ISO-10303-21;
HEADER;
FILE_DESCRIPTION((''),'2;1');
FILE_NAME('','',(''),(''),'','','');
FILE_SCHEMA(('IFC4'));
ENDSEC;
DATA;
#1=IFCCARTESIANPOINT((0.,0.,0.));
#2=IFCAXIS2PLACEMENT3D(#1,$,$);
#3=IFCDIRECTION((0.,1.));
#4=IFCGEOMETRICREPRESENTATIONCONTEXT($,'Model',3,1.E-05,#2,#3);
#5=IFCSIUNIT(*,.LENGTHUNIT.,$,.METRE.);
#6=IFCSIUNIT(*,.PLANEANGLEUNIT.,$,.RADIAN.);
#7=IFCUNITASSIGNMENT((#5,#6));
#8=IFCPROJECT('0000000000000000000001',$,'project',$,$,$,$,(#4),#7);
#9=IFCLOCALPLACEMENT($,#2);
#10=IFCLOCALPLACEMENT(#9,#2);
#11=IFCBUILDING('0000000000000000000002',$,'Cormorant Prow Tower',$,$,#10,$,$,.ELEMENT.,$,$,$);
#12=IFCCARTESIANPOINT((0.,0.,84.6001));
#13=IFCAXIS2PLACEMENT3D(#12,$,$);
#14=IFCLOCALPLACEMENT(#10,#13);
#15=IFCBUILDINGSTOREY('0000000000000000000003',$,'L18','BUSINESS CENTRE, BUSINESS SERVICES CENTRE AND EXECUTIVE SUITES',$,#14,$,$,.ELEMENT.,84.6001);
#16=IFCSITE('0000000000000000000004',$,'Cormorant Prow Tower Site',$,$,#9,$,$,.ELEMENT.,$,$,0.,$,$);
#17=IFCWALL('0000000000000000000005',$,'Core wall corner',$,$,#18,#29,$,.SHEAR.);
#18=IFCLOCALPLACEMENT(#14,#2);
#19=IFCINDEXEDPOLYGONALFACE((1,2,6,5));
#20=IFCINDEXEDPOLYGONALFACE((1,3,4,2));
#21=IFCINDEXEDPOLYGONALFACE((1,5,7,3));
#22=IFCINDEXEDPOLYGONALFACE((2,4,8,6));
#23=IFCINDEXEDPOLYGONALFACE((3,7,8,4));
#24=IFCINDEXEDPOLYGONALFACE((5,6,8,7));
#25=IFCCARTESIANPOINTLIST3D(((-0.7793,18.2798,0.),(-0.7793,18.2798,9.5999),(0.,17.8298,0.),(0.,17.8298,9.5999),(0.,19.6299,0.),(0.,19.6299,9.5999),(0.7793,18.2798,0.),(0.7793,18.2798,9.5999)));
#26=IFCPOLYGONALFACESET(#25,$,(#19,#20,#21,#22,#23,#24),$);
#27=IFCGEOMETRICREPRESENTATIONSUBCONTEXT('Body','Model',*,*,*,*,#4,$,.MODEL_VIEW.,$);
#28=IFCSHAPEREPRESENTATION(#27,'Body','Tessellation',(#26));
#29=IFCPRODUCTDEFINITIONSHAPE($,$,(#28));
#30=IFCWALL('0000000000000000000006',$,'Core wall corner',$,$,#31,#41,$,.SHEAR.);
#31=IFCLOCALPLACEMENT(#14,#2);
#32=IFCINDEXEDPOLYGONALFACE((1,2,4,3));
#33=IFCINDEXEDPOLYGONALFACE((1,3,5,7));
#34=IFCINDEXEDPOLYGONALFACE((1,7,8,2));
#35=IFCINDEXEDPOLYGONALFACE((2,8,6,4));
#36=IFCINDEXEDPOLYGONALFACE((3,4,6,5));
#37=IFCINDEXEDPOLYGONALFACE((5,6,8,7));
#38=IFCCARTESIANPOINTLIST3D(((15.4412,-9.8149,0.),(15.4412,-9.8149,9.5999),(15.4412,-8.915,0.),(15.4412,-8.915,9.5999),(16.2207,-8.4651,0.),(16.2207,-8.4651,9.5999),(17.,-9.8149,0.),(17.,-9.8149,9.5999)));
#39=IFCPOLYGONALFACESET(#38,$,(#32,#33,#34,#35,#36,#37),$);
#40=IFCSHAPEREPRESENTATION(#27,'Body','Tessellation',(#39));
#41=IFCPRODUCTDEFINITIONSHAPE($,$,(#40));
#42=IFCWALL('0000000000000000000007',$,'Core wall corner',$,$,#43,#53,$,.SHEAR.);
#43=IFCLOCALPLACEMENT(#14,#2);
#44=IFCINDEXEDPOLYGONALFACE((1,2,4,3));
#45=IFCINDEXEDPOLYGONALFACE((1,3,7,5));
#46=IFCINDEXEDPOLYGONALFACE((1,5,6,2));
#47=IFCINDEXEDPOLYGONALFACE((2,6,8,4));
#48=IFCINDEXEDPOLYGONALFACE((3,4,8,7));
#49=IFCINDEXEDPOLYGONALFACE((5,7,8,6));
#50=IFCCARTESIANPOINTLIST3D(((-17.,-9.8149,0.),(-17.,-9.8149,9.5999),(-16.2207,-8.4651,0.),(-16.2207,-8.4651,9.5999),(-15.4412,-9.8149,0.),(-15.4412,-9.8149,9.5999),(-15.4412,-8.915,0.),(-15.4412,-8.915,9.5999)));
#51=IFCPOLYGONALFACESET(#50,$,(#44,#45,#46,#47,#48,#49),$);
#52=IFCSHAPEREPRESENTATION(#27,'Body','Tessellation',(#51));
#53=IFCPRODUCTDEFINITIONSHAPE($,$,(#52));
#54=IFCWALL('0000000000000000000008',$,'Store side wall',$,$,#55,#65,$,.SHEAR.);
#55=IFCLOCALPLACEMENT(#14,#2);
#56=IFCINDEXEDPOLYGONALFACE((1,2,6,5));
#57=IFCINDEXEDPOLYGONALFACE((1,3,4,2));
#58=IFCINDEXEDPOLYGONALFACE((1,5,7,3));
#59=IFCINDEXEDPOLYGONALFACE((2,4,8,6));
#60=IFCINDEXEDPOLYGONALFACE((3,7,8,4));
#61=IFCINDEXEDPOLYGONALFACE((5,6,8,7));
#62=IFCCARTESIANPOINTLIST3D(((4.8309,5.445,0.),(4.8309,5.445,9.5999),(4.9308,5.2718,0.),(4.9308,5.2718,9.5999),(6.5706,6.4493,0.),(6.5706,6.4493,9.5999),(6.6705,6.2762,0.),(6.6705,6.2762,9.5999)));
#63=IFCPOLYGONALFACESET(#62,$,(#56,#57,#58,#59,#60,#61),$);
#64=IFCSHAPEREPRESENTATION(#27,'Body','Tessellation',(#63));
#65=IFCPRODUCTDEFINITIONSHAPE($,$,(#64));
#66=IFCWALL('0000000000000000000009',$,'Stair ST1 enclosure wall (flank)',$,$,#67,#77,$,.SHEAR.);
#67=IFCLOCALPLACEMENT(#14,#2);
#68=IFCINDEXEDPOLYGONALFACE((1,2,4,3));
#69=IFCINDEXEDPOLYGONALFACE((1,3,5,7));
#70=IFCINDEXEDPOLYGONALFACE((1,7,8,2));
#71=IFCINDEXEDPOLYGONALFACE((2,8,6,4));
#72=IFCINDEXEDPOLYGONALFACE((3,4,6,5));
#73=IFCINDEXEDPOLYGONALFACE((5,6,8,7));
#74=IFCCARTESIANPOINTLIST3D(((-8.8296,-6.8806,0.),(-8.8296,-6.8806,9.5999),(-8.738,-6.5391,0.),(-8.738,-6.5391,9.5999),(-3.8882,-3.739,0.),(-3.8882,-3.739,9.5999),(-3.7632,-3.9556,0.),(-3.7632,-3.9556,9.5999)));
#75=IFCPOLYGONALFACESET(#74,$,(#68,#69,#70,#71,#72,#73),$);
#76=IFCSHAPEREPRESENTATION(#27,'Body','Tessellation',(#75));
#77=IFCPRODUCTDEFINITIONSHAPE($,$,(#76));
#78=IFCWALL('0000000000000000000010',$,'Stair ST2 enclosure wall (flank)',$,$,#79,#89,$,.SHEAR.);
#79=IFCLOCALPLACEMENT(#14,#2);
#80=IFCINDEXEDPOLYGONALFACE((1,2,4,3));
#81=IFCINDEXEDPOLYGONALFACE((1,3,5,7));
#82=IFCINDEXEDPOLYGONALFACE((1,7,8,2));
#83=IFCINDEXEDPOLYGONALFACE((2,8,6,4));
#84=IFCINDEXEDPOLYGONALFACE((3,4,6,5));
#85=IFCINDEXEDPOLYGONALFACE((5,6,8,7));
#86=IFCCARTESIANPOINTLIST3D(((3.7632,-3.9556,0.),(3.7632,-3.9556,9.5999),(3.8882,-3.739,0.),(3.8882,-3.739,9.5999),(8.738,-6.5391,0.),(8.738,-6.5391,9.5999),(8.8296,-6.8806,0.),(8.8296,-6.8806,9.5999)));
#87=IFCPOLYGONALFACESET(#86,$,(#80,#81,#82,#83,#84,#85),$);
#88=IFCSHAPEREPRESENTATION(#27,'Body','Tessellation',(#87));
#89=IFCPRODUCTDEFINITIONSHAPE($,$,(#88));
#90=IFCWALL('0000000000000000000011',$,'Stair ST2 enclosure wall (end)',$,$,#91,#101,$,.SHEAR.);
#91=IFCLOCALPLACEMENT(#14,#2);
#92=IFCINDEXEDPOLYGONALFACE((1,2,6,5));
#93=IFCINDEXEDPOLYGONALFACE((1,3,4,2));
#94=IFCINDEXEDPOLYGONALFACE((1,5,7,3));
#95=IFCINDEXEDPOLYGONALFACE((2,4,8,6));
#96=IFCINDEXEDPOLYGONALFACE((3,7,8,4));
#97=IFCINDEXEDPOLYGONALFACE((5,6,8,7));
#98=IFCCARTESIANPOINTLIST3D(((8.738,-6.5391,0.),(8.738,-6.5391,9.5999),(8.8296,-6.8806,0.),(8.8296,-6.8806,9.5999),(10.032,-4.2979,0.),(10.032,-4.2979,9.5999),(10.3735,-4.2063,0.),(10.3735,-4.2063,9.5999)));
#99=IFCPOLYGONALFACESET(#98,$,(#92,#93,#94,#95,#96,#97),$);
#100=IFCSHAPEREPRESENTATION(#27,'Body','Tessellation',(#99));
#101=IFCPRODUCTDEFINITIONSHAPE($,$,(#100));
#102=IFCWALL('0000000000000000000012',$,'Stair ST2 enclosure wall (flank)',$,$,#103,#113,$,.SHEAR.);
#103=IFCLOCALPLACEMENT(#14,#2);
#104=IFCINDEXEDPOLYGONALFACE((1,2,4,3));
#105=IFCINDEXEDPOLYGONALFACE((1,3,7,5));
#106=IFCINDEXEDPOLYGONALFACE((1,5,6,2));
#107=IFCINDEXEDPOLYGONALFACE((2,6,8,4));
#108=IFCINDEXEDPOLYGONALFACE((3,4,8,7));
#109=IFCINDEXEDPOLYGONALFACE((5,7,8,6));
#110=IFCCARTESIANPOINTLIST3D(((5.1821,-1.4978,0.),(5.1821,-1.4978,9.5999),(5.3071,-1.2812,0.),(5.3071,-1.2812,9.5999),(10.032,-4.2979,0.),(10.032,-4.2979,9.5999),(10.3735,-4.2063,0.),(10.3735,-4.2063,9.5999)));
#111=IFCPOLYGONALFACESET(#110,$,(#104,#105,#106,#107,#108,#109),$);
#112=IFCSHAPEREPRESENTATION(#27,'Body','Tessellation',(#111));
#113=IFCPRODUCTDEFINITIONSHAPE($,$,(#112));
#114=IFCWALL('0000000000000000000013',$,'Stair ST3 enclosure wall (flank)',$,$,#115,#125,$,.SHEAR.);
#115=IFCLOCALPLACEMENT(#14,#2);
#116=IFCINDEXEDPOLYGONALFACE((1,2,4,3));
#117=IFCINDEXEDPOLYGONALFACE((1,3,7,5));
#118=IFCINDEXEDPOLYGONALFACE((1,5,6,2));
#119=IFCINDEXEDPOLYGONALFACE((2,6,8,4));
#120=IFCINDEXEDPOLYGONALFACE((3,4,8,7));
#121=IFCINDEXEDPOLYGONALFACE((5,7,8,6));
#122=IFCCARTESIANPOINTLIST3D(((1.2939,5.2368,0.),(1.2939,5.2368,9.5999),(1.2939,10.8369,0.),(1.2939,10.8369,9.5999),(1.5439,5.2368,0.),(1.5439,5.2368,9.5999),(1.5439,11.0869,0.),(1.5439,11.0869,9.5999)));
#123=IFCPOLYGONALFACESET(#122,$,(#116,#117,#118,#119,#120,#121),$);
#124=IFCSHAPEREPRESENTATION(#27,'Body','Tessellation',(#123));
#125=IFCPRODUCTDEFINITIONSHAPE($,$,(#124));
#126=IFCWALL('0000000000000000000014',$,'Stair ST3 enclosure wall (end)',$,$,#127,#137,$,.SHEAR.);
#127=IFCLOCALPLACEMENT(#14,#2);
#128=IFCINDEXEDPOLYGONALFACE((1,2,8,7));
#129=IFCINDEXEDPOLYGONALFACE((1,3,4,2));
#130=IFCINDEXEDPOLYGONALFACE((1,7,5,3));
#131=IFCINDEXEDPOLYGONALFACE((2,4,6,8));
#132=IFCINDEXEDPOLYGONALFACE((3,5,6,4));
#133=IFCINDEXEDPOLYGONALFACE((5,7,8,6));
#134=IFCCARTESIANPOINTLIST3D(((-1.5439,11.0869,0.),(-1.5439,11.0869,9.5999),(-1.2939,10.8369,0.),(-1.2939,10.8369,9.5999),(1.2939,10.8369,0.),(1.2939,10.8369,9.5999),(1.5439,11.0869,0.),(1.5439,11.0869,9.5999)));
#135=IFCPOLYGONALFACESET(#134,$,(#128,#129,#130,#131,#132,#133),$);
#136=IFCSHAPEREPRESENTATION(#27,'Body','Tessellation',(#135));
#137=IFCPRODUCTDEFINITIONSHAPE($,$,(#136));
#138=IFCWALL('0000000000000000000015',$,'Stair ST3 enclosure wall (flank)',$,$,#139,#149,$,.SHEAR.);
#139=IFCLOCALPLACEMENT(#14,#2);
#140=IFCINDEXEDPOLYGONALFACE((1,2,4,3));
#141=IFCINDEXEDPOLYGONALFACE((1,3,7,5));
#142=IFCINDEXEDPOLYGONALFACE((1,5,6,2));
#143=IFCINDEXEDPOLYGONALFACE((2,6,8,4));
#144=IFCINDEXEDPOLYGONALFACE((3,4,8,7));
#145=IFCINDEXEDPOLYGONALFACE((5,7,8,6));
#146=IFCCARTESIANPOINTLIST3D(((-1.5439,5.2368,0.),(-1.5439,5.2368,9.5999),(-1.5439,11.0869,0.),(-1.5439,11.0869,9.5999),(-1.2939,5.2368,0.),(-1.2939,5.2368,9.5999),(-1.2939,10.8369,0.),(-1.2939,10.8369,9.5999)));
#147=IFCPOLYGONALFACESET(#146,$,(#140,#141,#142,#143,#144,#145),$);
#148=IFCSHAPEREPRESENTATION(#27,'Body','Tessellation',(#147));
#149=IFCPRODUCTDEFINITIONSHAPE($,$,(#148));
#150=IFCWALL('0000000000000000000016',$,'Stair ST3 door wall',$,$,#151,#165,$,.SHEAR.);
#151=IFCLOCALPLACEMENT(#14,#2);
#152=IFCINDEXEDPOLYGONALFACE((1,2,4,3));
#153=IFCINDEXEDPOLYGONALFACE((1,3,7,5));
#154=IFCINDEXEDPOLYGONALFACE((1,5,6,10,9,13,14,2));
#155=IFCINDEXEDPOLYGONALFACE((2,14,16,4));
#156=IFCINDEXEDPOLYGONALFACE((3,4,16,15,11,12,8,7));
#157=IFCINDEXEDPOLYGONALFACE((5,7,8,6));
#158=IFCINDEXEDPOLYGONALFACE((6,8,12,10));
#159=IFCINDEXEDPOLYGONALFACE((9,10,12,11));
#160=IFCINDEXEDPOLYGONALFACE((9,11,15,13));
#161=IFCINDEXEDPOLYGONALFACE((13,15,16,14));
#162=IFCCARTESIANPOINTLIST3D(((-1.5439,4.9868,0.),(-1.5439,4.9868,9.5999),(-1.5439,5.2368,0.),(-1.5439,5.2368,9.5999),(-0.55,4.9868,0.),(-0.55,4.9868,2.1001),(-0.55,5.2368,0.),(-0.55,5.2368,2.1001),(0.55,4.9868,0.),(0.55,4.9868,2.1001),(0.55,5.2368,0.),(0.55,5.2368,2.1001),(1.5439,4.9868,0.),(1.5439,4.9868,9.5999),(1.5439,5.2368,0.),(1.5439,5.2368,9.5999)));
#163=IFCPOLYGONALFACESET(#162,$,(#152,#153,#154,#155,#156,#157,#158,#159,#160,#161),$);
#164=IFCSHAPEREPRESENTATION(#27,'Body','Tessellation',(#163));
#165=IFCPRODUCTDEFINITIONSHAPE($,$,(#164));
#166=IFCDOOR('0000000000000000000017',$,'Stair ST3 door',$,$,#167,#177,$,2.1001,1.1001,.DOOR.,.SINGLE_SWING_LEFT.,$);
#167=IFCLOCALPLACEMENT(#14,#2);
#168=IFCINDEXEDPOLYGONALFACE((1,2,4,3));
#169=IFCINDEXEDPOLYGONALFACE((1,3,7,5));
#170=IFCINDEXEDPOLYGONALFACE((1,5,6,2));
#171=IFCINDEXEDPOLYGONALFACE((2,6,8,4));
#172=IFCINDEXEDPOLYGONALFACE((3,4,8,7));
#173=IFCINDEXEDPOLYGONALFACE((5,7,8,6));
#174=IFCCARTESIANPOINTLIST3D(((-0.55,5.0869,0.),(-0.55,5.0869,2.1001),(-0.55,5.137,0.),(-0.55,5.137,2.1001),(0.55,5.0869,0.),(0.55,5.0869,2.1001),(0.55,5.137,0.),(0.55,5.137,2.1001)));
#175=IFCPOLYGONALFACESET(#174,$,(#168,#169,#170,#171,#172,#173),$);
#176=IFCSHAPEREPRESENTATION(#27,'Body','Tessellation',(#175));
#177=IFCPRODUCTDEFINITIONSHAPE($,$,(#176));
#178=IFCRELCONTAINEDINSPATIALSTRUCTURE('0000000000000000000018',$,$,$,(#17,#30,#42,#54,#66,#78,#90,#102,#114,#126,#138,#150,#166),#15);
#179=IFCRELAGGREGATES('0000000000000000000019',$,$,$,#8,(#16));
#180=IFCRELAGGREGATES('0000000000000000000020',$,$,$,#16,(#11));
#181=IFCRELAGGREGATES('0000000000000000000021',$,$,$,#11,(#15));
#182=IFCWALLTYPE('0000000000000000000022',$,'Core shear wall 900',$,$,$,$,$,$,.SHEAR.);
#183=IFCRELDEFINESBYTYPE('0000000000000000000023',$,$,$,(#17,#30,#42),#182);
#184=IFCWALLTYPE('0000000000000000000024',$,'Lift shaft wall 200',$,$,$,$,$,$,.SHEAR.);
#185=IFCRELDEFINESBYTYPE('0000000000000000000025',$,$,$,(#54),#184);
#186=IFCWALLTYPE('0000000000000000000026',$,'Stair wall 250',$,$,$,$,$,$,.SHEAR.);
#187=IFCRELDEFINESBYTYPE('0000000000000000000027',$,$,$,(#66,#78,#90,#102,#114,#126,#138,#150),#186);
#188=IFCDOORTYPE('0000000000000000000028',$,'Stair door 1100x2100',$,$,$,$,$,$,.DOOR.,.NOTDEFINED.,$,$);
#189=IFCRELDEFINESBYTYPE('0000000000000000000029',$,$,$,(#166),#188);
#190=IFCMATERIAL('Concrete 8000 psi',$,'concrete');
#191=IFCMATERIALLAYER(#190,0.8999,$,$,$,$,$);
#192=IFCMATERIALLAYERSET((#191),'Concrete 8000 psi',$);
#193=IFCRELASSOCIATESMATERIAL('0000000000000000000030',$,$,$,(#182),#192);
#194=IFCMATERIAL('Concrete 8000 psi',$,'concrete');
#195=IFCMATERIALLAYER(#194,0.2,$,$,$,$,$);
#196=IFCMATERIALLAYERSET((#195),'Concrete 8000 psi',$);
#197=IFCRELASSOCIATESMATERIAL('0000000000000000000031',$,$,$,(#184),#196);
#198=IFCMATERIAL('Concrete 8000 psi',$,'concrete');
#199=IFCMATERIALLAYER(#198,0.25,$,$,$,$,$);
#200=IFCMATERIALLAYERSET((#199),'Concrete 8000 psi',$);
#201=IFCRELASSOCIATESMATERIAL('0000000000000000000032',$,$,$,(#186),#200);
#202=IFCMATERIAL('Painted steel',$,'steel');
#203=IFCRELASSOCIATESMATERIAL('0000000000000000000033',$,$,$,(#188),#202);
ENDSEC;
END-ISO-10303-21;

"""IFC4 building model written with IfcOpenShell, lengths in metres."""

from ifc_helpers import new_model, si_unit, direction, frame, frame_2d, origin, place, context, subcontext, project, spatial, polyline, rectangle, outline, extrude, material, layer, layer_set, type_object, element, fill, save


model = new_model("IFC4")

# Units and contexts
model_context = context("Model", 3, precision=1e-05, world=origin(), true_north=direction((0.0, 1.0)))
body_context = subcontext(model_context, "Body", "Model", "MODEL_VIEW")
ifc_project = project(units=[si_unit("LENGTHUNIT", "METRE"), si_unit("PLANEANGLEUNIT", "RADIAN")], contexts=[model_context])

# Site, building, storey
site_placement = place(None, origin())
site = spatial("IfcSite", under=ifc_project, at=site_placement, Name="Cormorant Prow Tower Site", CompositionType="ELEMENT", RefElevation=0.0)
building_placement = place(site_placement, origin())
building = spatial("IfcBuilding", under=site, at=building_placement, Name="Cormorant Prow Tower", CompositionType="ELEMENT")
storey_placement = place(building_placement, frame((0.0, 0.0, 84.6001)))
storey = spatial("IfcBuildingStorey", under=building, at=storey_placement, Name="L18", Description="BUSINESS CENTRE, BUSINESS SERVICES CENTRE AND EXECUTIVE SUITES", CompositionType="ELEMENT", Elevation=84.6001)

# Walls
ifc_material_1 = material(Name="Concrete 8000 psi", Category="concrete")
ifc_layer_1 = layer(ifc_material_1, 0.8999)
ifc_layer_set_1 = layer_set([ifc_layer_1], Name="Concrete 8000 psi")
wall_type_1 = type_object("IfcWallType", Name="Core shear wall 900", PredefinedType="SHEAR", material=ifc_layer_set_1)
wall_1_placement = place(storey_placement, origin())
element("IfcWall", 1, at=wall_1_placement, inside=storey, type_object=wall_type_1, Name="Core wall corner", PredefinedType="SHEAR", context=body_context, shape_type="SweptSolid", body=[
    extrude(outline(polyline([(-0.7793, 18.2798), (0.0, 19.6299), (0.7793, 18.2798), (0.0, 17.8298), (-0.7793, 18.2798)])), origin(), (0.0, 0.0, 1.0), 9.5999),
])
wall_2_placement = place(storey_placement, origin())
element("IfcWall", 2, at=wall_2_placement, inside=storey, type_object=wall_type_1, Name="Core wall corner", PredefinedType="SHEAR", context=body_context, shape_type="SweptSolid", body=[
    extrude(outline(polyline([(15.4412, -9.8149), (15.4412, -8.915), (16.2207, -8.4651), (17.0, -9.8149), (15.4412, -9.8149)])), origin(), (0.0, 0.0, 1.0), 9.5999),
])
wall_3_placement = place(storey_placement, origin())
element("IfcWall", 3, at=wall_3_placement, inside=storey, type_object=wall_type_1, Name="Core wall corner", PredefinedType="SHEAR", context=body_context, shape_type="SweptSolid", body=[
    extrude(outline(polyline([(-16.2207, -8.4651), (-15.4412, -8.915), (-15.4412, -9.8149), (-17.0, -9.8149), (-16.2207, -8.4651)])), origin(), (0.0, 0.0, 1.0), 9.5999),
])
ifc_material_2 = material(Name="Concrete 8000 psi", Category="concrete")
ifc_layer_2 = layer(ifc_material_2, 0.2)
ifc_layer_set_2 = layer_set([ifc_layer_2], Name="Concrete 8000 psi")
wall_type_2 = type_object("IfcWallType", Name="Lift shaft wall 200", PredefinedType="SHEAR", material=ifc_layer_set_2)
wall_4_placement = place(storey_placement, frame((4.8809, 5.3584, 0.0), z_axis=(0.0, 0.0, 1.0), x_axis=(0.866036, 0.499982, 0.0)))
element("IfcWall", 4, at=wall_4_placement, inside=storey, type_object=wall_type_2, Name="Store side wall", PredefinedType="SHEAR", context=body_context, shape_type="SweptSolid", body=[
    extrude(rectangle(XDim=2.0088, YDim=0.2, at=frame_2d((1.0044, 0.0))), origin(), (0.0, 0.0, 1.0), 9.5999),
])
ifc_material_3 = material(Name="Concrete 8000 psi", Category="concrete")
ifc_layer_3 = layer(ifc_material_3, 0.25)
ifc_layer_set_3 = layer_set([ifc_layer_3], Name="Concrete 8000 psi")
wall_type_3 = type_object("IfcWallType", Name="Stair wall 250", PredefinedType="SHEAR", material=ifc_layer_set_3)
wall_5_placement = place(storey_placement, origin())
element("IfcWall", 5, at=wall_5_placement, inside=storey, type_object=wall_type_3, Name="Stair ST1 enclosure wall (flank)", PredefinedType="SHEAR", context=body_context, shape_type="SweptSolid", body=[
    extrude(outline(polyline([(-8.738, -6.5391), (-8.8296, -6.8806), (-3.7632, -3.9556), (-3.8882, -3.739), (-8.738, -6.5391)])), origin(), (0.0, 0.0, 1.0), 9.5999),
])
wall_6_placement = place(storey_placement, origin())
element("IfcWall", 6, at=wall_6_placement, inside=storey, type_object=wall_type_3, Name="Stair ST2 enclosure wall (flank)", PredefinedType="SHEAR", context=body_context, shape_type="SweptSolid", body=[
    extrude(outline(polyline([(3.7632, -3.9556), (8.8296, -6.8806), (8.738, -6.5391), (3.8882, -3.739), (3.7632, -3.9556)])), origin(), (0.0, 0.0, 1.0), 9.5999),
])
wall_7_placement = place(storey_placement, origin())
element("IfcWall", 7, at=wall_7_placement, inside=storey, type_object=wall_type_3, Name="Stair ST2 enclosure wall (end)", PredefinedType="SHEAR", context=body_context, shape_type="SweptSolid", body=[
    extrude(outline(polyline([(8.8296, -6.8806), (10.3735, -4.2063), (10.032, -4.2979), (8.738, -6.5391), (8.8296, -6.8806)])), origin(), (0.0, 0.0, 1.0), 9.5999),
])
wall_8_placement = place(storey_placement, origin())
element("IfcWall", 8, at=wall_8_placement, inside=storey, type_object=wall_type_3, Name="Stair ST2 enclosure wall (flank)", PredefinedType="SHEAR", context=body_context, shape_type="SweptSolid", body=[
    extrude(outline(polyline([(10.032, -4.2979), (10.3735, -4.2063), (5.3071, -1.2812), (5.1821, -1.4978), (10.032, -4.2979)])), origin(), (0.0, 0.0, 1.0), 9.5999),
])
wall_9_placement = place(storey_placement, origin())
element("IfcWall", 9, at=wall_9_placement, inside=storey, type_object=wall_type_3, Name="Stair ST3 enclosure wall (flank)", PredefinedType="SHEAR", context=body_context, shape_type="SweptSolid", body=[
    extrude(outline(polyline([(1.5439, 5.2368), (1.5439, 11.0869), (1.2939, 10.8369), (1.2939, 5.2368), (1.5439, 5.2368)])), origin(), (0.0, 0.0, 1.0), 9.5999),
])
wall_10_placement = place(storey_placement, origin())
element("IfcWall", 10, at=wall_10_placement, inside=storey, type_object=wall_type_3, Name="Stair ST3 enclosure wall (end)", PredefinedType="SHEAR", context=body_context, shape_type="SweptSolid", body=[
    extrude(outline(polyline([(1.5439, 11.0869), (-1.5439, 11.0869), (-1.2939, 10.8369), (1.2939, 10.8369), (1.5439, 11.0869)])), origin(), (0.0, 0.0, 1.0), 9.5999),
])
wall_11_placement = place(storey_placement, origin())
element("IfcWall", 11, at=wall_11_placement, inside=storey, type_object=wall_type_3, Name="Stair ST3 enclosure wall (flank)", PredefinedType="SHEAR", context=body_context, shape_type="SweptSolid", body=[
    extrude(outline(polyline([(-1.2939, 10.8369), (-1.5439, 11.0869), (-1.5439, 5.2368), (-1.2939, 5.2368), (-1.2939, 10.8369)])), origin(), (0.0, 0.0, 1.0), 9.5999),
])

# Wall, opening, door
wall_12_placement = place(storey_placement, frame((1.5439, 5.1118, 0.0), z_axis=(0.0, 0.0, 1.0), x_axis=(-1.0, 0.0, 0.0)))
wall_12 = element("IfcWall", 12, at=wall_12_placement, inside=storey, type_object=wall_type_3, Name="Stair ST3 door wall", PredefinedType="SHEAR", context=body_context, shape_type="SweptSolid", body=[
    extrude(rectangle(XDim=3.0879, YDim=0.25, at=frame_2d((1.5439, 0.0))), origin(), (0.0, 0.0, 1.0), 9.5999),
])
opening_placement = place(wall_12_placement, frame((0.9939, 0.0, 0.0)))
opening = element("IfcOpeningElement", 13, at=opening_placement, cuts=wall_12, PredefinedType="OPENING", context=body_context, shape_type="SweptSolid", body=[
    extrude(rectangle(XDim=1.1001, YDim=2.1001, at=frame_2d((0.55, 1.05))), frame((0.0, 0.135, 0.0), z_axis=(0.0, -1.0, 0.0), x_axis=(1.0, 0.0, 0.0)), (0.0, 0.0, 1.0), 0.27),
])
ifc_material_4 = material(Name="Painted steel", Category="steel")
door_type = type_object("IfcDoorType", Name="Stair door 1100x2100", OperationType="NOTDEFINED", PredefinedType="DOOR", material=ifc_material_4)
door_placement = place(opening_placement, origin())
door = element("IfcDoor", 14, at=door_placement, inside=storey, type_object=door_type, Name="Stair ST3 door", OperationType="SINGLE_SWING_LEFT", OverallHeight=2.1001, OverallWidth=1.1001, PredefinedType="DOOR", context=body_context, shape_type="SweptSolid", body=[
    extrude(rectangle(XDim=1.1001, YDim=2.1001, at=frame_2d((0.55, 1.05))), frame((0.0, 0.0249, 0.0), z_axis=(0.0, -1.0, 0.0), x_axis=(1.0, 0.0, 0.0)), (0.0, 0.0, 1.0), 0.05),
])
fill(opening, door)

save(model, "model.ifc")
